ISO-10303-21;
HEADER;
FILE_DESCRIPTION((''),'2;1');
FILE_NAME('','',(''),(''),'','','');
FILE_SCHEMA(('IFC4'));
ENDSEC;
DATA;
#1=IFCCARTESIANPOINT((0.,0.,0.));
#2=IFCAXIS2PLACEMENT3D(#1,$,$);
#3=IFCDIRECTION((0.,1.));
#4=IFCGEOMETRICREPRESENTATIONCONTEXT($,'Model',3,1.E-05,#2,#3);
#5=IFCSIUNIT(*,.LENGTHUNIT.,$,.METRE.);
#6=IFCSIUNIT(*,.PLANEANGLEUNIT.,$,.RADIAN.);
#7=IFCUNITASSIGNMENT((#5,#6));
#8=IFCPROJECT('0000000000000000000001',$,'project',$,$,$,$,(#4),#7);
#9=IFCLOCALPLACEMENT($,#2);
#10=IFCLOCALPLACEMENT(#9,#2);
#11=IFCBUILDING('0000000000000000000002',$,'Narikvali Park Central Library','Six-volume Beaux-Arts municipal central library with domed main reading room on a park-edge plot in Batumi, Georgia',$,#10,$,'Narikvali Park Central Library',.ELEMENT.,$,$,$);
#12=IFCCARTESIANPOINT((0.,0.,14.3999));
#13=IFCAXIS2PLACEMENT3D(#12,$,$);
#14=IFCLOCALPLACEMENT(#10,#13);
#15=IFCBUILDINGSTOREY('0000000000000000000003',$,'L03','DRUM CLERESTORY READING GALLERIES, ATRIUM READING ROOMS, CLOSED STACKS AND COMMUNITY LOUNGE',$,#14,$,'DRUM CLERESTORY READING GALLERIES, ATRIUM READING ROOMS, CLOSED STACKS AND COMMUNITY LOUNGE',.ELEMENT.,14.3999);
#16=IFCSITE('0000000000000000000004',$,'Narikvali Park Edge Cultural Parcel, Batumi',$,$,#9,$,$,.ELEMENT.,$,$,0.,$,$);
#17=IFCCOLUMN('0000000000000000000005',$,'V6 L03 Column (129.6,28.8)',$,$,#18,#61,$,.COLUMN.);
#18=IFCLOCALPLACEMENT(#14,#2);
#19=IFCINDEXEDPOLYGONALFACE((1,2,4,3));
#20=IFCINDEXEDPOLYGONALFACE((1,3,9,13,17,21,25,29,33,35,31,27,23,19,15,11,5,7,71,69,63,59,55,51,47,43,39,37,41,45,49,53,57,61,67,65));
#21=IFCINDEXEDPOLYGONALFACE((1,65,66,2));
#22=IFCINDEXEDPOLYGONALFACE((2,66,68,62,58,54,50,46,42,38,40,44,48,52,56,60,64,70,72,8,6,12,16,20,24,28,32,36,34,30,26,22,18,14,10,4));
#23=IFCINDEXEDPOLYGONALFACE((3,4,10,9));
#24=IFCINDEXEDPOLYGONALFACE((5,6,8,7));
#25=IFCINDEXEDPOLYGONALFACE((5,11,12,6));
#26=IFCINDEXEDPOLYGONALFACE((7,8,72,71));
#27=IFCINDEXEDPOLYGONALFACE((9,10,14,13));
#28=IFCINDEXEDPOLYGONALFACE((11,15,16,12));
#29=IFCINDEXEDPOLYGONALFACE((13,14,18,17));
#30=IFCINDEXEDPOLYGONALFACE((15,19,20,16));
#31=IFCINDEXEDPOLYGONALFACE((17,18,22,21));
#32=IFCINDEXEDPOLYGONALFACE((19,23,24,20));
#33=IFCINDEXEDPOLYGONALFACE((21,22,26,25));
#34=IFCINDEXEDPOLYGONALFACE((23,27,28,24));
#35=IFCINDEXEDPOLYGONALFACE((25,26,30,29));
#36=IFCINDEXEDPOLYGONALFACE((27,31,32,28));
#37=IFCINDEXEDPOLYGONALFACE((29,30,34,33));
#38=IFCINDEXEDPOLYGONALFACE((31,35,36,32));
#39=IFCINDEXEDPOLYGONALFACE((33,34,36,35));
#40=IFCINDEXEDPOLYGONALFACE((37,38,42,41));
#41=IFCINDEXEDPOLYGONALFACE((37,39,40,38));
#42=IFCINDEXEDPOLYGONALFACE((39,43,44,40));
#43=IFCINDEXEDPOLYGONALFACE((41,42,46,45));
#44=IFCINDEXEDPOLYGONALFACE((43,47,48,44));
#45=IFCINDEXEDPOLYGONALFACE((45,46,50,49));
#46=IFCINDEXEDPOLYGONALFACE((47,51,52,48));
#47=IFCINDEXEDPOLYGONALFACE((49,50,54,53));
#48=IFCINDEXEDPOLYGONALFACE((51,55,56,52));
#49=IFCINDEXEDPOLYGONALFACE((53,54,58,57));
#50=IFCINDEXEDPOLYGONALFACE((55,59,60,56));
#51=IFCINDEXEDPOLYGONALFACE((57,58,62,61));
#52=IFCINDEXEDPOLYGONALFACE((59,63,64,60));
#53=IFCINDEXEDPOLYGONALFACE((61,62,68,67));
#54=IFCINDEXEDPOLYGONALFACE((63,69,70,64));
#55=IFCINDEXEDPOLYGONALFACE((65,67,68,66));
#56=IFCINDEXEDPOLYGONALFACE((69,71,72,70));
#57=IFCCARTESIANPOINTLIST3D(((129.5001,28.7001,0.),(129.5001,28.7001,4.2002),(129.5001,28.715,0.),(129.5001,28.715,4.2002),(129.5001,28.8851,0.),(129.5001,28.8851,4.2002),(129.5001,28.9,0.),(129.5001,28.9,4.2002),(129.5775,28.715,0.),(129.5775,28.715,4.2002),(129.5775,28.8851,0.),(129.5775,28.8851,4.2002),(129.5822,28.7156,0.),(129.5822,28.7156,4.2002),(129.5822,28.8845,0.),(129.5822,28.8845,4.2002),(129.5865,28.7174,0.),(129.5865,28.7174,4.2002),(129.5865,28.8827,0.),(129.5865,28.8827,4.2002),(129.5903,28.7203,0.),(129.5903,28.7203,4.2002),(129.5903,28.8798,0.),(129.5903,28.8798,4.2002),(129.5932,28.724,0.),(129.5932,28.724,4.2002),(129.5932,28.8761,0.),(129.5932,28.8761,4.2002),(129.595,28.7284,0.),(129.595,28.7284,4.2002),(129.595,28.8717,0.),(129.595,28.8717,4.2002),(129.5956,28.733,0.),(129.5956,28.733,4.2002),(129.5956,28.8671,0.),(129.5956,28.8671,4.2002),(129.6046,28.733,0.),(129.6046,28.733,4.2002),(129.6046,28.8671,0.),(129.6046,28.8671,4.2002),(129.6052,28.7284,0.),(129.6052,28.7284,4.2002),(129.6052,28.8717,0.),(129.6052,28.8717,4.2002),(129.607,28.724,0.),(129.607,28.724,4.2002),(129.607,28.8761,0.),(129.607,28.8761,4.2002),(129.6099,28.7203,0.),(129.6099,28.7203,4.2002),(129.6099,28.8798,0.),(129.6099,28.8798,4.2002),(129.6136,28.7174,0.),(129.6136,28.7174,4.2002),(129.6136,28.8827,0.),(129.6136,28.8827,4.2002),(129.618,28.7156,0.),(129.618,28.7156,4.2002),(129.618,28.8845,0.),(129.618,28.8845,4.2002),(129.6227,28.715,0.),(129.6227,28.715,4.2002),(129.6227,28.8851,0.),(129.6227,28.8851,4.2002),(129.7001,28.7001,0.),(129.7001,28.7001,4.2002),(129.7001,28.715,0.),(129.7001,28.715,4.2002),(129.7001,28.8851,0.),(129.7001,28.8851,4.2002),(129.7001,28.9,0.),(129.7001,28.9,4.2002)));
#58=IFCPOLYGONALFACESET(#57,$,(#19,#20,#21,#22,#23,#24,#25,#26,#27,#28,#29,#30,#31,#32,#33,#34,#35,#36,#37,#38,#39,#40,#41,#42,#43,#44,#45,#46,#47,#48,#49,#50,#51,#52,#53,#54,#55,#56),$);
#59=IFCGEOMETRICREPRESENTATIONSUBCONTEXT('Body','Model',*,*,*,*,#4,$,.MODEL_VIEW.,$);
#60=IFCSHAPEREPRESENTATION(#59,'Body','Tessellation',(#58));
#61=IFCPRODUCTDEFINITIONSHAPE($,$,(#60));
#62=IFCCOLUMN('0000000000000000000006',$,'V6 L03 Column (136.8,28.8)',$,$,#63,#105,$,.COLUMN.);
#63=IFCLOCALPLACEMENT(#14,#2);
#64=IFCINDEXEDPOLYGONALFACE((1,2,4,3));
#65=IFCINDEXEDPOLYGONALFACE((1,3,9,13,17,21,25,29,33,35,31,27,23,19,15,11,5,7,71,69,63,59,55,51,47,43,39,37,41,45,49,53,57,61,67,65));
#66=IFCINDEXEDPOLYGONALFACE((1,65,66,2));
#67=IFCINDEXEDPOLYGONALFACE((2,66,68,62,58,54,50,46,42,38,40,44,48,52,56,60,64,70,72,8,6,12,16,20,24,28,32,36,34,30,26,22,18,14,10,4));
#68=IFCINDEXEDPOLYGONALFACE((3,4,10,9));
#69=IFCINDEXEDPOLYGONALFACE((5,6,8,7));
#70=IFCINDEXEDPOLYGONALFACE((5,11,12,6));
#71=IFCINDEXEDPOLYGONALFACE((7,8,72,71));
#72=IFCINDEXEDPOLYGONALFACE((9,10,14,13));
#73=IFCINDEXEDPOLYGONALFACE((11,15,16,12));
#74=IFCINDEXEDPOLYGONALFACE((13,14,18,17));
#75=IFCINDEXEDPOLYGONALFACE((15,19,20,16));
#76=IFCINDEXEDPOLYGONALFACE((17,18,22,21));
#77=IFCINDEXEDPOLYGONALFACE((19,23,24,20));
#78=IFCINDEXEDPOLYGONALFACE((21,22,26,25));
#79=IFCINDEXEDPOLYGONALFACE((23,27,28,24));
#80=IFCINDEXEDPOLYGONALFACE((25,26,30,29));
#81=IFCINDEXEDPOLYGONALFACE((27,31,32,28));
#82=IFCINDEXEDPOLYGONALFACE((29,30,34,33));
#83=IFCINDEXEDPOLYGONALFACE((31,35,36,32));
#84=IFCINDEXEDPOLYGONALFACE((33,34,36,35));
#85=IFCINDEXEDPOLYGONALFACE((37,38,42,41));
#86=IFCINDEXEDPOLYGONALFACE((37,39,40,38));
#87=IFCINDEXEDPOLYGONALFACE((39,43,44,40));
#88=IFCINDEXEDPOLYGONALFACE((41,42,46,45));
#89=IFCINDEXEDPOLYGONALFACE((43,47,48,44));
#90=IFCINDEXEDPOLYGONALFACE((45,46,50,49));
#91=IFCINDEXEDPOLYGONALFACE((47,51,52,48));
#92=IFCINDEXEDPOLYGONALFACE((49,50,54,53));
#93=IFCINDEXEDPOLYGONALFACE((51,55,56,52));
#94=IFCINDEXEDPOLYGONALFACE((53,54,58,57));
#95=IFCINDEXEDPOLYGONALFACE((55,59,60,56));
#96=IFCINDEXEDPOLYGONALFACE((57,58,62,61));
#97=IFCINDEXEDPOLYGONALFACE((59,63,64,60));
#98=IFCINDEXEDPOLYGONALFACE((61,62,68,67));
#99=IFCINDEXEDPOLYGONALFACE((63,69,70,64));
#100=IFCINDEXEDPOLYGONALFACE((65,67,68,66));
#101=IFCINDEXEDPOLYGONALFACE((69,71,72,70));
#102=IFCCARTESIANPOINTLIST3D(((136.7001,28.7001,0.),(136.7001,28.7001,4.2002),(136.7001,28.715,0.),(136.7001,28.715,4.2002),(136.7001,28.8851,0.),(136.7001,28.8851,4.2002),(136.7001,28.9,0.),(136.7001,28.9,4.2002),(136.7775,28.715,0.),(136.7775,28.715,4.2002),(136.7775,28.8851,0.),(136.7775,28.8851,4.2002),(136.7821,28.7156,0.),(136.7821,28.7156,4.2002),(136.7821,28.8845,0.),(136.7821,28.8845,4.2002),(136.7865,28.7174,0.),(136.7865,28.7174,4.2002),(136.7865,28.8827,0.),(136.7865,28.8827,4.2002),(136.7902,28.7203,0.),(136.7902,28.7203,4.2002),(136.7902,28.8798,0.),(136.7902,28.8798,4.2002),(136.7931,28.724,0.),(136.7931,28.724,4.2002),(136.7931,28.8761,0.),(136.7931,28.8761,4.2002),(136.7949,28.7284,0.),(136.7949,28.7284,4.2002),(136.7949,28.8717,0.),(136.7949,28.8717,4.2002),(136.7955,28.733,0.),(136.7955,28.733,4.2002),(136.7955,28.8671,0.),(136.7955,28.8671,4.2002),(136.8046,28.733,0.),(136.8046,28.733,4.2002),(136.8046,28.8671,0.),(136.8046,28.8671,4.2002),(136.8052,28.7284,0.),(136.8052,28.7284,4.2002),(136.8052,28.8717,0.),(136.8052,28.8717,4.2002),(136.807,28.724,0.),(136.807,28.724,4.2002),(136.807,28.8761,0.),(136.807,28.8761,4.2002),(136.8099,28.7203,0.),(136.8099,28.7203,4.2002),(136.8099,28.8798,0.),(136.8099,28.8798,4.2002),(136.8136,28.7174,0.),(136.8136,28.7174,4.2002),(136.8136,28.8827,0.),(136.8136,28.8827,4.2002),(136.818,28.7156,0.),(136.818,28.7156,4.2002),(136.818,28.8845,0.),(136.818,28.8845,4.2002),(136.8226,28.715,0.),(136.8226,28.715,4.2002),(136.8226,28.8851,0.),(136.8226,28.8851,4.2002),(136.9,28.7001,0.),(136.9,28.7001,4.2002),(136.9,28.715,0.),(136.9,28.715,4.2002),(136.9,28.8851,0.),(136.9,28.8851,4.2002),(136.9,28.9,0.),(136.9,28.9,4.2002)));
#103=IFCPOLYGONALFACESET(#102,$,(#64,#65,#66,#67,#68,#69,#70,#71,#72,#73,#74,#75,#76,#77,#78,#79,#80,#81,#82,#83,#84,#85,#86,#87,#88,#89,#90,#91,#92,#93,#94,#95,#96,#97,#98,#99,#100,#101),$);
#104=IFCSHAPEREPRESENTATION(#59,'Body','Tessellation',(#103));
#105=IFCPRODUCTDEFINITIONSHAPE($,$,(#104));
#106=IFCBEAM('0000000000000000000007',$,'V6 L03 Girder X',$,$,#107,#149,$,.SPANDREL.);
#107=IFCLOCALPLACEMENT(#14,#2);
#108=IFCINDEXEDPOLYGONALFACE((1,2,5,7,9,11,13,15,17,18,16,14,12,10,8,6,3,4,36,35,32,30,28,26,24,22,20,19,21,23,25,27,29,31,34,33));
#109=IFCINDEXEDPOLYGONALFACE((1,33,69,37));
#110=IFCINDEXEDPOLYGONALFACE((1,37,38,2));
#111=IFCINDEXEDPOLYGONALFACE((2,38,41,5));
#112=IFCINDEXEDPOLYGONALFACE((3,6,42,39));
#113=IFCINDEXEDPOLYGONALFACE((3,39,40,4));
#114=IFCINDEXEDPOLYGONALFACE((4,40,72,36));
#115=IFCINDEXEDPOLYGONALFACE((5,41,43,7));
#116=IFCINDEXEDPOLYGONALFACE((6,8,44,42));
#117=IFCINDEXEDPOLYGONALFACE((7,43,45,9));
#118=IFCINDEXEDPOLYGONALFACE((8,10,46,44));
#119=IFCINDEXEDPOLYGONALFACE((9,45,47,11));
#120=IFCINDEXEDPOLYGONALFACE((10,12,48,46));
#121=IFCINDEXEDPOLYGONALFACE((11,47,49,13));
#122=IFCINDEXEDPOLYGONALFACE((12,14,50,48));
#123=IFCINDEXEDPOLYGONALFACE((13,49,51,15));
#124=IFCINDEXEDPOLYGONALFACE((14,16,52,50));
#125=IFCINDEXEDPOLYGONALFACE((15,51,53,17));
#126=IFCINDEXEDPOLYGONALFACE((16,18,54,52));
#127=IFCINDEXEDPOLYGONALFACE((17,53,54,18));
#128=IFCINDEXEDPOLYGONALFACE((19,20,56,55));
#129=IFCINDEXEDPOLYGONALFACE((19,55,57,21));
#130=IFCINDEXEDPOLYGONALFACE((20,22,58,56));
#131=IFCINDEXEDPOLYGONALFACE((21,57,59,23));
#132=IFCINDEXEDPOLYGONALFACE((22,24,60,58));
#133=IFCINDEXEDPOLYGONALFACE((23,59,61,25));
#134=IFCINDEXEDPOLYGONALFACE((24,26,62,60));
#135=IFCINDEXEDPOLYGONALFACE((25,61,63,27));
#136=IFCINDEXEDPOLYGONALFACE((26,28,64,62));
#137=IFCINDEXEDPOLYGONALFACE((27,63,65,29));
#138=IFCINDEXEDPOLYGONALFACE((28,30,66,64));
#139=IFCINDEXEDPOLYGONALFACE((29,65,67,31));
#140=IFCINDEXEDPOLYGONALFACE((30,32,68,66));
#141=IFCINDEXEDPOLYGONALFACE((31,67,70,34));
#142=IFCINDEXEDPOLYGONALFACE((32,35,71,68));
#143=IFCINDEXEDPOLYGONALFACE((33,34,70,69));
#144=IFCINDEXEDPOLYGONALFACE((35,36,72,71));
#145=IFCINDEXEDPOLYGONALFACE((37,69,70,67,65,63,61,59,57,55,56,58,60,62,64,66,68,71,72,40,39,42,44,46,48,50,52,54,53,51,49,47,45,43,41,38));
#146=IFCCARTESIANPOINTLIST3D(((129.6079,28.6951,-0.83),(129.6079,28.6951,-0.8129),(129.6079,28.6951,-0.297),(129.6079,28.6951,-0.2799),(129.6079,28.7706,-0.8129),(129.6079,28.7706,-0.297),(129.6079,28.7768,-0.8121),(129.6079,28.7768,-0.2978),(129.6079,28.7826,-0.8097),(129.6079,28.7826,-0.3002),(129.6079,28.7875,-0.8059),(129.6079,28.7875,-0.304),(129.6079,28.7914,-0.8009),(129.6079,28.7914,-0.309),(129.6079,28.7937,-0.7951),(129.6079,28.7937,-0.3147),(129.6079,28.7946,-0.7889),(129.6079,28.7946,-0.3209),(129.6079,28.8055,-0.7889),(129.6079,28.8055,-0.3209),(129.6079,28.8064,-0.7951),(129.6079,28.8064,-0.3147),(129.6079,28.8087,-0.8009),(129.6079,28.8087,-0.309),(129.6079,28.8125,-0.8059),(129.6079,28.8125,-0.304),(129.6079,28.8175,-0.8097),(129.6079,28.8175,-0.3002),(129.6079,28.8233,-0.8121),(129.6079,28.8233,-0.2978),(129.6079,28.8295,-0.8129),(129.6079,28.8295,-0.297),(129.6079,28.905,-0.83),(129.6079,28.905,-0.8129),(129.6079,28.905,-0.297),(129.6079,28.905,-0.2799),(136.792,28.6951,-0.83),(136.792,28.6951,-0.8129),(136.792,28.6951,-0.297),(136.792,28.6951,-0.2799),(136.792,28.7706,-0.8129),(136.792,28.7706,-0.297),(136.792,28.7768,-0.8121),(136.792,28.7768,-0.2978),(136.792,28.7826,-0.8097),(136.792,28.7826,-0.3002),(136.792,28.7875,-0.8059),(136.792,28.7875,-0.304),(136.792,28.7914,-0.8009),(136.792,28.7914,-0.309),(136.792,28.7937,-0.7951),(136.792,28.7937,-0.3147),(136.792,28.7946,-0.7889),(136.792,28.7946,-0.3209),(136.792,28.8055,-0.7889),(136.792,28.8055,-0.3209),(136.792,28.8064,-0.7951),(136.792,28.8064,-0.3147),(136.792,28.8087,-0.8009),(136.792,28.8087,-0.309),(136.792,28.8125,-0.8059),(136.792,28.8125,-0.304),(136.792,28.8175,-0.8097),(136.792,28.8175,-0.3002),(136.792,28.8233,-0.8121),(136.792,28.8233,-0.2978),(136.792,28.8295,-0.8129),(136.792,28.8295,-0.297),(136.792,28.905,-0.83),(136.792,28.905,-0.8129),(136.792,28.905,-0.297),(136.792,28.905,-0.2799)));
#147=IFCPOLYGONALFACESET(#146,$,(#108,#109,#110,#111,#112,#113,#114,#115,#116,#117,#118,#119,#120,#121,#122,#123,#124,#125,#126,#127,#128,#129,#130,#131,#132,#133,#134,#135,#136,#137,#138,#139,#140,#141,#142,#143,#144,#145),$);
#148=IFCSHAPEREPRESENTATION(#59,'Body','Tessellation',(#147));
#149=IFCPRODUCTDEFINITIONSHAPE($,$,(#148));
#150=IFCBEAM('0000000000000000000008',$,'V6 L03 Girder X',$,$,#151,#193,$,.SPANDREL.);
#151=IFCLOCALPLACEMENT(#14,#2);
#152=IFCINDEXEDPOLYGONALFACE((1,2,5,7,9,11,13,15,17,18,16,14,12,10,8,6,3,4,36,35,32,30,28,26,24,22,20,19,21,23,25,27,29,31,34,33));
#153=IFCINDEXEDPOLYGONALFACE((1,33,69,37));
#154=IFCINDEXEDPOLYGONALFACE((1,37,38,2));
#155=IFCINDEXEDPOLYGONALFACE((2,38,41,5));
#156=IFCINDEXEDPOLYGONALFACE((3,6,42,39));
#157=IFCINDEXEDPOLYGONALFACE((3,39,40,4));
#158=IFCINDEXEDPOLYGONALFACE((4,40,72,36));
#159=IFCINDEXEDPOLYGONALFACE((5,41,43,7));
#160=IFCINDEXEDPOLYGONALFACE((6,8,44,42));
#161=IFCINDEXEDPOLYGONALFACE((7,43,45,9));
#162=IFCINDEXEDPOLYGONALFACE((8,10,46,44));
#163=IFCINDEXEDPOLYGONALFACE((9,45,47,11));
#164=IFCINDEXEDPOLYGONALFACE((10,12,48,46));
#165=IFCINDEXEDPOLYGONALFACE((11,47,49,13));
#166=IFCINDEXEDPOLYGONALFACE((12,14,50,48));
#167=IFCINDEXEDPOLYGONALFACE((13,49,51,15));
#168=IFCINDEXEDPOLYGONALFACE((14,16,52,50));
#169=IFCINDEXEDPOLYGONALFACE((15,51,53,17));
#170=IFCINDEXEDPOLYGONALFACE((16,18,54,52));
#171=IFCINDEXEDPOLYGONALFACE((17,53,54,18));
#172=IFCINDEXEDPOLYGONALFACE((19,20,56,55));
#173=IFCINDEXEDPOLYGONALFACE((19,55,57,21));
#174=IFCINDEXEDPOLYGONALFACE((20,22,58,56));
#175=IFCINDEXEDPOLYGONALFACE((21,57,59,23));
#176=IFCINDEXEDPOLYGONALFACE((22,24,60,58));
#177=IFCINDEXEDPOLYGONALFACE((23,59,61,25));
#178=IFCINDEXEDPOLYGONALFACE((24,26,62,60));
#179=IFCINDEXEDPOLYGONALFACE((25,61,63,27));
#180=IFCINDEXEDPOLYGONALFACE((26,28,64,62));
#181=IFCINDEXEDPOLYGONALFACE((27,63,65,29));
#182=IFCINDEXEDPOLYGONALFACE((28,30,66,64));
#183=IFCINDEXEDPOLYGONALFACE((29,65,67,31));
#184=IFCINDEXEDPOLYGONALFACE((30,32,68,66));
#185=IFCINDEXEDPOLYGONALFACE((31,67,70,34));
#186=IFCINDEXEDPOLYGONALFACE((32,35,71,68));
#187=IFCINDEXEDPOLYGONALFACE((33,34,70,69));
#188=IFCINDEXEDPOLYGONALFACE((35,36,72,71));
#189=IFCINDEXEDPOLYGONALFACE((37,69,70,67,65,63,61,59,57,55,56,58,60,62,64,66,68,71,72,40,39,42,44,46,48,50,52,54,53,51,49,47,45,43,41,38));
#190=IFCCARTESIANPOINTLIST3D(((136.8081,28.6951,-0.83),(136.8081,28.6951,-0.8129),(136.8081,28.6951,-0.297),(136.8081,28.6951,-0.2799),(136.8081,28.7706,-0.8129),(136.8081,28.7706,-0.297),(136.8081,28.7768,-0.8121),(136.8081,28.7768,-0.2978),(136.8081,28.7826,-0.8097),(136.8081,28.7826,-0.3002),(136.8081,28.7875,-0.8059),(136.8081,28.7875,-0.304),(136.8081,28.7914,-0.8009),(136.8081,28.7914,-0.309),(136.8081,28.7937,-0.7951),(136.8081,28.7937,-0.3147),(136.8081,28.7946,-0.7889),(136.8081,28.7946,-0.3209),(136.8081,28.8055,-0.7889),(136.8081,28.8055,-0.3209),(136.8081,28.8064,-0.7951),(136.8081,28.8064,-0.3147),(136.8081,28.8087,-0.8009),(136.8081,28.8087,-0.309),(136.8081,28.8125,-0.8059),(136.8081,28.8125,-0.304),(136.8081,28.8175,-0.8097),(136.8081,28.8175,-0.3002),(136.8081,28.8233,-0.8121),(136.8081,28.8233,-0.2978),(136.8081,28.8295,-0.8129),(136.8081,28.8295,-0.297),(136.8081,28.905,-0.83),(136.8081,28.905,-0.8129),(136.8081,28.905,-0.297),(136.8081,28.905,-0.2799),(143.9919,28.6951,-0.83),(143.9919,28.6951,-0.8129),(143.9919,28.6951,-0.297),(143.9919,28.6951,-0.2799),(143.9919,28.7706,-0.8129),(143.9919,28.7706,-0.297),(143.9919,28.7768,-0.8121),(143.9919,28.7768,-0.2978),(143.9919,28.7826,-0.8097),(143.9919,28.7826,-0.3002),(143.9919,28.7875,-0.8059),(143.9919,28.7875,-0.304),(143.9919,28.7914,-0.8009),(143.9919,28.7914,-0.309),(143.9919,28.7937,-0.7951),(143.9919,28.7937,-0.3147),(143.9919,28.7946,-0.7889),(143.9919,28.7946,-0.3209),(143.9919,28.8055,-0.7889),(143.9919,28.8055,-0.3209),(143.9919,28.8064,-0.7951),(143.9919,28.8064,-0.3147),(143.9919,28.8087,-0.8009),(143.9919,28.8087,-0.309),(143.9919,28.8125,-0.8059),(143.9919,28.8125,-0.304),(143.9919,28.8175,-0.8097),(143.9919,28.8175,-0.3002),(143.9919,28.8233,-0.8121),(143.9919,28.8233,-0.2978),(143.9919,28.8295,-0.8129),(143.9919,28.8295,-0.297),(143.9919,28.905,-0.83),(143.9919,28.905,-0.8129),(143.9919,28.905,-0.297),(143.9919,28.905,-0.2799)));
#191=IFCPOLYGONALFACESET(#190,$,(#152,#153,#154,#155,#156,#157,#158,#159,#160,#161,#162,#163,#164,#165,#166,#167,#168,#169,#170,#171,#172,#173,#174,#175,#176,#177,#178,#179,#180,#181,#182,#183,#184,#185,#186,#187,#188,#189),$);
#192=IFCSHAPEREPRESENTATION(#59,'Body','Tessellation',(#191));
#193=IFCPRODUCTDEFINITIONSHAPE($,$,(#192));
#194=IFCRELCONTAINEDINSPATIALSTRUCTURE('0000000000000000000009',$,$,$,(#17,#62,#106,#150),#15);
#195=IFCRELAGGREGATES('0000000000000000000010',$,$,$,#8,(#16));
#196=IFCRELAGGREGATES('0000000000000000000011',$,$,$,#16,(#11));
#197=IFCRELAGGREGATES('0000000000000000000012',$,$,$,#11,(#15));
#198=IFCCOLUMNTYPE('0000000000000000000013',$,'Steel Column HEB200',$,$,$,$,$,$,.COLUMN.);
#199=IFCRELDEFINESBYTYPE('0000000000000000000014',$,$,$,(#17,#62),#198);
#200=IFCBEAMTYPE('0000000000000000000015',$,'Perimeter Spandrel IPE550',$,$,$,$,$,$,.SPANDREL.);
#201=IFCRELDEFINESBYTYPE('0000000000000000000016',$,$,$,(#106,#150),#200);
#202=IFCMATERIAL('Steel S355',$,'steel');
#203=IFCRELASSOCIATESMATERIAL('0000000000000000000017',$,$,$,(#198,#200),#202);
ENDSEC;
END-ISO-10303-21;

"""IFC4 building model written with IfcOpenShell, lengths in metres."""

from ifc_helpers import new_model, si_unit, direction, frame, origin, origin_2d, place, context, subcontext, project, spatial, i_section, extrude, material, material_profile, profile_set, type_object, element, save


model = new_model("IFC4")

# Units and contexts
model_context = context("Model", 3, precision=1e-05, world=origin(), true_north=direction((0.0, 1.0)))
body_context = subcontext(model_context, "Body", "Model", "MODEL_VIEW")
ifc_project = project(units=[si_unit("LENGTHUNIT", "METRE"), si_unit("PLANEANGLEUNIT", "RADIAN")], contexts=[model_context])

# Site, building, storey
site_placement = place(None, origin())
site = spatial("IfcSite", under=ifc_project, at=site_placement, Name="Narikvali Park Edge Cultural Parcel, Batumi", CompositionType="ELEMENT", RefElevation=0.0)
building_placement = place(site_placement, origin())
building = spatial("IfcBuilding", under=site, at=building_placement, Name="Narikvali Park Central Library", Description="Six-volume Beaux-Arts municipal central library with domed main reading room on a park-edge plot in Batumi, Georgia", LongName="Narikvali Park Central Library", CompositionType="ELEMENT")
storey_placement = place(building_placement, frame((0.0, 0.0, 14.3999)))
storey = spatial("IfcBuildingStorey", under=building, at=storey_placement, Name="L03", Description="DRUM CLERESTORY READING GALLERIES, ATRIUM READING ROOMS, CLOSED STACKS AND COMMUNITY LOUNGE", LongName="DRUM CLERESTORY READING GALLERIES, ATRIUM READING ROOMS, CLOSED STACKS AND COMMUNITY LOUNGE", CompositionType="ELEMENT", Elevation=14.3999)

# Columns
ifc_material_1 = material(Name="Steel S355", Category="steel")
ifc_material_profile_1 = material_profile(ifc_material_1, i_section(OverallWidth=0.2, OverallDepth=0.2, WebThickness=0.009, FlangeThickness=0.0149, FilletRadius=0.0181, at=origin_2d()), Name="HEB 200")
ifc_profile_set_1 = profile_set([ifc_material_profile_1], Name="Steel S355")
column_type = type_object("IfcColumnType", Name="Steel Column HEB200", PredefinedType="COLUMN", material=ifc_profile_set_1)
for number, where, z_axis, x_axis, name in (
    (1, (129.6001, 28.8, 0.0), (0.0, 0.0, 1.0), (1.0, 0.0, 0.0), "V6 L03 Column (129.6,28.8)"),
    (2, (136.8, 28.8, 0.0), (0.0, 0.0, 1.0), (1.0, 0.0, 0.0), "V6 L03 Column (136.8,28.8)"),
):
    element("IfcColumn", number, at=place(storey_placement, frame(where, z_axis=z_axis, x_axis=x_axis)), inside=storey, type_object=column_type, Name=name, PredefinedType="COLUMN", context=body_context, shape_type="SweptSolid", body=[
        extrude(i_section(OverallWidth=0.2, OverallDepth=0.2, WebThickness=0.009, FlangeThickness=0.0149, FilletRadius=0.0181, at=origin_2d()), origin(), (0.0, 0.0, 1.0), 4.2002),
    ])

# Beams
ifc_material_profile_2 = material_profile(ifc_material_1, i_section(OverallWidth=0.21, OverallDepth=0.55, WebThickness=0.011, FlangeThickness=0.0171, FilletRadius=0.0239, at=origin_2d()), Name="IPE 550")
ifc_profile_set_2 = profile_set([ifc_material_profile_2], Name="Steel S355")
beam_type = type_object("IfcBeamType", Name="Perimeter Spandrel IPE550", PredefinedType="SPANDREL", material=ifc_profile_set_2)
beam_1_placement = place(storey_placement, frame((129.6079, 28.8, -0.5549), z_axis=(1.0, 0.0, 0.0), x_axis=(0.0, 1.0, 0.0)))
element("IfcBeam", 3, at=beam_1_placement, inside=storey, type_object=beam_type, Name="V6 L03 Girder X", PredefinedType="SPANDREL", context=body_context, shape_type="SweptSolid", body=[
    extrude(i_section(OverallWidth=0.21, OverallDepth=0.55, WebThickness=0.011, FlangeThickness=0.0171, FilletRadius=0.0239, at=origin_2d()), origin(), (0.0, 0.0, 1.0), 7.1841),
])
beam_2_placement = place(storey_placement, frame((136.8081, 28.8, -0.5549), z_axis=(1.0, 0.0, 0.0), x_axis=(0.0, 1.0, 0.0)))
element("IfcBeam", 4, at=beam_2_placement, inside=storey, type_object=beam_type, Name="V6 L03 Girder X", PredefinedType="SPANDREL", context=body_context, shape_type="SweptSolid", body=[
    extrude(i_section(OverallWidth=0.21, OverallDepth=0.55, WebThickness=0.011, FlangeThickness=0.0171, FilletRadius=0.0239, at=origin_2d()), origin(), (0.0, 0.0, 1.0), 7.1838),
])

save(model, "model.ifc")
